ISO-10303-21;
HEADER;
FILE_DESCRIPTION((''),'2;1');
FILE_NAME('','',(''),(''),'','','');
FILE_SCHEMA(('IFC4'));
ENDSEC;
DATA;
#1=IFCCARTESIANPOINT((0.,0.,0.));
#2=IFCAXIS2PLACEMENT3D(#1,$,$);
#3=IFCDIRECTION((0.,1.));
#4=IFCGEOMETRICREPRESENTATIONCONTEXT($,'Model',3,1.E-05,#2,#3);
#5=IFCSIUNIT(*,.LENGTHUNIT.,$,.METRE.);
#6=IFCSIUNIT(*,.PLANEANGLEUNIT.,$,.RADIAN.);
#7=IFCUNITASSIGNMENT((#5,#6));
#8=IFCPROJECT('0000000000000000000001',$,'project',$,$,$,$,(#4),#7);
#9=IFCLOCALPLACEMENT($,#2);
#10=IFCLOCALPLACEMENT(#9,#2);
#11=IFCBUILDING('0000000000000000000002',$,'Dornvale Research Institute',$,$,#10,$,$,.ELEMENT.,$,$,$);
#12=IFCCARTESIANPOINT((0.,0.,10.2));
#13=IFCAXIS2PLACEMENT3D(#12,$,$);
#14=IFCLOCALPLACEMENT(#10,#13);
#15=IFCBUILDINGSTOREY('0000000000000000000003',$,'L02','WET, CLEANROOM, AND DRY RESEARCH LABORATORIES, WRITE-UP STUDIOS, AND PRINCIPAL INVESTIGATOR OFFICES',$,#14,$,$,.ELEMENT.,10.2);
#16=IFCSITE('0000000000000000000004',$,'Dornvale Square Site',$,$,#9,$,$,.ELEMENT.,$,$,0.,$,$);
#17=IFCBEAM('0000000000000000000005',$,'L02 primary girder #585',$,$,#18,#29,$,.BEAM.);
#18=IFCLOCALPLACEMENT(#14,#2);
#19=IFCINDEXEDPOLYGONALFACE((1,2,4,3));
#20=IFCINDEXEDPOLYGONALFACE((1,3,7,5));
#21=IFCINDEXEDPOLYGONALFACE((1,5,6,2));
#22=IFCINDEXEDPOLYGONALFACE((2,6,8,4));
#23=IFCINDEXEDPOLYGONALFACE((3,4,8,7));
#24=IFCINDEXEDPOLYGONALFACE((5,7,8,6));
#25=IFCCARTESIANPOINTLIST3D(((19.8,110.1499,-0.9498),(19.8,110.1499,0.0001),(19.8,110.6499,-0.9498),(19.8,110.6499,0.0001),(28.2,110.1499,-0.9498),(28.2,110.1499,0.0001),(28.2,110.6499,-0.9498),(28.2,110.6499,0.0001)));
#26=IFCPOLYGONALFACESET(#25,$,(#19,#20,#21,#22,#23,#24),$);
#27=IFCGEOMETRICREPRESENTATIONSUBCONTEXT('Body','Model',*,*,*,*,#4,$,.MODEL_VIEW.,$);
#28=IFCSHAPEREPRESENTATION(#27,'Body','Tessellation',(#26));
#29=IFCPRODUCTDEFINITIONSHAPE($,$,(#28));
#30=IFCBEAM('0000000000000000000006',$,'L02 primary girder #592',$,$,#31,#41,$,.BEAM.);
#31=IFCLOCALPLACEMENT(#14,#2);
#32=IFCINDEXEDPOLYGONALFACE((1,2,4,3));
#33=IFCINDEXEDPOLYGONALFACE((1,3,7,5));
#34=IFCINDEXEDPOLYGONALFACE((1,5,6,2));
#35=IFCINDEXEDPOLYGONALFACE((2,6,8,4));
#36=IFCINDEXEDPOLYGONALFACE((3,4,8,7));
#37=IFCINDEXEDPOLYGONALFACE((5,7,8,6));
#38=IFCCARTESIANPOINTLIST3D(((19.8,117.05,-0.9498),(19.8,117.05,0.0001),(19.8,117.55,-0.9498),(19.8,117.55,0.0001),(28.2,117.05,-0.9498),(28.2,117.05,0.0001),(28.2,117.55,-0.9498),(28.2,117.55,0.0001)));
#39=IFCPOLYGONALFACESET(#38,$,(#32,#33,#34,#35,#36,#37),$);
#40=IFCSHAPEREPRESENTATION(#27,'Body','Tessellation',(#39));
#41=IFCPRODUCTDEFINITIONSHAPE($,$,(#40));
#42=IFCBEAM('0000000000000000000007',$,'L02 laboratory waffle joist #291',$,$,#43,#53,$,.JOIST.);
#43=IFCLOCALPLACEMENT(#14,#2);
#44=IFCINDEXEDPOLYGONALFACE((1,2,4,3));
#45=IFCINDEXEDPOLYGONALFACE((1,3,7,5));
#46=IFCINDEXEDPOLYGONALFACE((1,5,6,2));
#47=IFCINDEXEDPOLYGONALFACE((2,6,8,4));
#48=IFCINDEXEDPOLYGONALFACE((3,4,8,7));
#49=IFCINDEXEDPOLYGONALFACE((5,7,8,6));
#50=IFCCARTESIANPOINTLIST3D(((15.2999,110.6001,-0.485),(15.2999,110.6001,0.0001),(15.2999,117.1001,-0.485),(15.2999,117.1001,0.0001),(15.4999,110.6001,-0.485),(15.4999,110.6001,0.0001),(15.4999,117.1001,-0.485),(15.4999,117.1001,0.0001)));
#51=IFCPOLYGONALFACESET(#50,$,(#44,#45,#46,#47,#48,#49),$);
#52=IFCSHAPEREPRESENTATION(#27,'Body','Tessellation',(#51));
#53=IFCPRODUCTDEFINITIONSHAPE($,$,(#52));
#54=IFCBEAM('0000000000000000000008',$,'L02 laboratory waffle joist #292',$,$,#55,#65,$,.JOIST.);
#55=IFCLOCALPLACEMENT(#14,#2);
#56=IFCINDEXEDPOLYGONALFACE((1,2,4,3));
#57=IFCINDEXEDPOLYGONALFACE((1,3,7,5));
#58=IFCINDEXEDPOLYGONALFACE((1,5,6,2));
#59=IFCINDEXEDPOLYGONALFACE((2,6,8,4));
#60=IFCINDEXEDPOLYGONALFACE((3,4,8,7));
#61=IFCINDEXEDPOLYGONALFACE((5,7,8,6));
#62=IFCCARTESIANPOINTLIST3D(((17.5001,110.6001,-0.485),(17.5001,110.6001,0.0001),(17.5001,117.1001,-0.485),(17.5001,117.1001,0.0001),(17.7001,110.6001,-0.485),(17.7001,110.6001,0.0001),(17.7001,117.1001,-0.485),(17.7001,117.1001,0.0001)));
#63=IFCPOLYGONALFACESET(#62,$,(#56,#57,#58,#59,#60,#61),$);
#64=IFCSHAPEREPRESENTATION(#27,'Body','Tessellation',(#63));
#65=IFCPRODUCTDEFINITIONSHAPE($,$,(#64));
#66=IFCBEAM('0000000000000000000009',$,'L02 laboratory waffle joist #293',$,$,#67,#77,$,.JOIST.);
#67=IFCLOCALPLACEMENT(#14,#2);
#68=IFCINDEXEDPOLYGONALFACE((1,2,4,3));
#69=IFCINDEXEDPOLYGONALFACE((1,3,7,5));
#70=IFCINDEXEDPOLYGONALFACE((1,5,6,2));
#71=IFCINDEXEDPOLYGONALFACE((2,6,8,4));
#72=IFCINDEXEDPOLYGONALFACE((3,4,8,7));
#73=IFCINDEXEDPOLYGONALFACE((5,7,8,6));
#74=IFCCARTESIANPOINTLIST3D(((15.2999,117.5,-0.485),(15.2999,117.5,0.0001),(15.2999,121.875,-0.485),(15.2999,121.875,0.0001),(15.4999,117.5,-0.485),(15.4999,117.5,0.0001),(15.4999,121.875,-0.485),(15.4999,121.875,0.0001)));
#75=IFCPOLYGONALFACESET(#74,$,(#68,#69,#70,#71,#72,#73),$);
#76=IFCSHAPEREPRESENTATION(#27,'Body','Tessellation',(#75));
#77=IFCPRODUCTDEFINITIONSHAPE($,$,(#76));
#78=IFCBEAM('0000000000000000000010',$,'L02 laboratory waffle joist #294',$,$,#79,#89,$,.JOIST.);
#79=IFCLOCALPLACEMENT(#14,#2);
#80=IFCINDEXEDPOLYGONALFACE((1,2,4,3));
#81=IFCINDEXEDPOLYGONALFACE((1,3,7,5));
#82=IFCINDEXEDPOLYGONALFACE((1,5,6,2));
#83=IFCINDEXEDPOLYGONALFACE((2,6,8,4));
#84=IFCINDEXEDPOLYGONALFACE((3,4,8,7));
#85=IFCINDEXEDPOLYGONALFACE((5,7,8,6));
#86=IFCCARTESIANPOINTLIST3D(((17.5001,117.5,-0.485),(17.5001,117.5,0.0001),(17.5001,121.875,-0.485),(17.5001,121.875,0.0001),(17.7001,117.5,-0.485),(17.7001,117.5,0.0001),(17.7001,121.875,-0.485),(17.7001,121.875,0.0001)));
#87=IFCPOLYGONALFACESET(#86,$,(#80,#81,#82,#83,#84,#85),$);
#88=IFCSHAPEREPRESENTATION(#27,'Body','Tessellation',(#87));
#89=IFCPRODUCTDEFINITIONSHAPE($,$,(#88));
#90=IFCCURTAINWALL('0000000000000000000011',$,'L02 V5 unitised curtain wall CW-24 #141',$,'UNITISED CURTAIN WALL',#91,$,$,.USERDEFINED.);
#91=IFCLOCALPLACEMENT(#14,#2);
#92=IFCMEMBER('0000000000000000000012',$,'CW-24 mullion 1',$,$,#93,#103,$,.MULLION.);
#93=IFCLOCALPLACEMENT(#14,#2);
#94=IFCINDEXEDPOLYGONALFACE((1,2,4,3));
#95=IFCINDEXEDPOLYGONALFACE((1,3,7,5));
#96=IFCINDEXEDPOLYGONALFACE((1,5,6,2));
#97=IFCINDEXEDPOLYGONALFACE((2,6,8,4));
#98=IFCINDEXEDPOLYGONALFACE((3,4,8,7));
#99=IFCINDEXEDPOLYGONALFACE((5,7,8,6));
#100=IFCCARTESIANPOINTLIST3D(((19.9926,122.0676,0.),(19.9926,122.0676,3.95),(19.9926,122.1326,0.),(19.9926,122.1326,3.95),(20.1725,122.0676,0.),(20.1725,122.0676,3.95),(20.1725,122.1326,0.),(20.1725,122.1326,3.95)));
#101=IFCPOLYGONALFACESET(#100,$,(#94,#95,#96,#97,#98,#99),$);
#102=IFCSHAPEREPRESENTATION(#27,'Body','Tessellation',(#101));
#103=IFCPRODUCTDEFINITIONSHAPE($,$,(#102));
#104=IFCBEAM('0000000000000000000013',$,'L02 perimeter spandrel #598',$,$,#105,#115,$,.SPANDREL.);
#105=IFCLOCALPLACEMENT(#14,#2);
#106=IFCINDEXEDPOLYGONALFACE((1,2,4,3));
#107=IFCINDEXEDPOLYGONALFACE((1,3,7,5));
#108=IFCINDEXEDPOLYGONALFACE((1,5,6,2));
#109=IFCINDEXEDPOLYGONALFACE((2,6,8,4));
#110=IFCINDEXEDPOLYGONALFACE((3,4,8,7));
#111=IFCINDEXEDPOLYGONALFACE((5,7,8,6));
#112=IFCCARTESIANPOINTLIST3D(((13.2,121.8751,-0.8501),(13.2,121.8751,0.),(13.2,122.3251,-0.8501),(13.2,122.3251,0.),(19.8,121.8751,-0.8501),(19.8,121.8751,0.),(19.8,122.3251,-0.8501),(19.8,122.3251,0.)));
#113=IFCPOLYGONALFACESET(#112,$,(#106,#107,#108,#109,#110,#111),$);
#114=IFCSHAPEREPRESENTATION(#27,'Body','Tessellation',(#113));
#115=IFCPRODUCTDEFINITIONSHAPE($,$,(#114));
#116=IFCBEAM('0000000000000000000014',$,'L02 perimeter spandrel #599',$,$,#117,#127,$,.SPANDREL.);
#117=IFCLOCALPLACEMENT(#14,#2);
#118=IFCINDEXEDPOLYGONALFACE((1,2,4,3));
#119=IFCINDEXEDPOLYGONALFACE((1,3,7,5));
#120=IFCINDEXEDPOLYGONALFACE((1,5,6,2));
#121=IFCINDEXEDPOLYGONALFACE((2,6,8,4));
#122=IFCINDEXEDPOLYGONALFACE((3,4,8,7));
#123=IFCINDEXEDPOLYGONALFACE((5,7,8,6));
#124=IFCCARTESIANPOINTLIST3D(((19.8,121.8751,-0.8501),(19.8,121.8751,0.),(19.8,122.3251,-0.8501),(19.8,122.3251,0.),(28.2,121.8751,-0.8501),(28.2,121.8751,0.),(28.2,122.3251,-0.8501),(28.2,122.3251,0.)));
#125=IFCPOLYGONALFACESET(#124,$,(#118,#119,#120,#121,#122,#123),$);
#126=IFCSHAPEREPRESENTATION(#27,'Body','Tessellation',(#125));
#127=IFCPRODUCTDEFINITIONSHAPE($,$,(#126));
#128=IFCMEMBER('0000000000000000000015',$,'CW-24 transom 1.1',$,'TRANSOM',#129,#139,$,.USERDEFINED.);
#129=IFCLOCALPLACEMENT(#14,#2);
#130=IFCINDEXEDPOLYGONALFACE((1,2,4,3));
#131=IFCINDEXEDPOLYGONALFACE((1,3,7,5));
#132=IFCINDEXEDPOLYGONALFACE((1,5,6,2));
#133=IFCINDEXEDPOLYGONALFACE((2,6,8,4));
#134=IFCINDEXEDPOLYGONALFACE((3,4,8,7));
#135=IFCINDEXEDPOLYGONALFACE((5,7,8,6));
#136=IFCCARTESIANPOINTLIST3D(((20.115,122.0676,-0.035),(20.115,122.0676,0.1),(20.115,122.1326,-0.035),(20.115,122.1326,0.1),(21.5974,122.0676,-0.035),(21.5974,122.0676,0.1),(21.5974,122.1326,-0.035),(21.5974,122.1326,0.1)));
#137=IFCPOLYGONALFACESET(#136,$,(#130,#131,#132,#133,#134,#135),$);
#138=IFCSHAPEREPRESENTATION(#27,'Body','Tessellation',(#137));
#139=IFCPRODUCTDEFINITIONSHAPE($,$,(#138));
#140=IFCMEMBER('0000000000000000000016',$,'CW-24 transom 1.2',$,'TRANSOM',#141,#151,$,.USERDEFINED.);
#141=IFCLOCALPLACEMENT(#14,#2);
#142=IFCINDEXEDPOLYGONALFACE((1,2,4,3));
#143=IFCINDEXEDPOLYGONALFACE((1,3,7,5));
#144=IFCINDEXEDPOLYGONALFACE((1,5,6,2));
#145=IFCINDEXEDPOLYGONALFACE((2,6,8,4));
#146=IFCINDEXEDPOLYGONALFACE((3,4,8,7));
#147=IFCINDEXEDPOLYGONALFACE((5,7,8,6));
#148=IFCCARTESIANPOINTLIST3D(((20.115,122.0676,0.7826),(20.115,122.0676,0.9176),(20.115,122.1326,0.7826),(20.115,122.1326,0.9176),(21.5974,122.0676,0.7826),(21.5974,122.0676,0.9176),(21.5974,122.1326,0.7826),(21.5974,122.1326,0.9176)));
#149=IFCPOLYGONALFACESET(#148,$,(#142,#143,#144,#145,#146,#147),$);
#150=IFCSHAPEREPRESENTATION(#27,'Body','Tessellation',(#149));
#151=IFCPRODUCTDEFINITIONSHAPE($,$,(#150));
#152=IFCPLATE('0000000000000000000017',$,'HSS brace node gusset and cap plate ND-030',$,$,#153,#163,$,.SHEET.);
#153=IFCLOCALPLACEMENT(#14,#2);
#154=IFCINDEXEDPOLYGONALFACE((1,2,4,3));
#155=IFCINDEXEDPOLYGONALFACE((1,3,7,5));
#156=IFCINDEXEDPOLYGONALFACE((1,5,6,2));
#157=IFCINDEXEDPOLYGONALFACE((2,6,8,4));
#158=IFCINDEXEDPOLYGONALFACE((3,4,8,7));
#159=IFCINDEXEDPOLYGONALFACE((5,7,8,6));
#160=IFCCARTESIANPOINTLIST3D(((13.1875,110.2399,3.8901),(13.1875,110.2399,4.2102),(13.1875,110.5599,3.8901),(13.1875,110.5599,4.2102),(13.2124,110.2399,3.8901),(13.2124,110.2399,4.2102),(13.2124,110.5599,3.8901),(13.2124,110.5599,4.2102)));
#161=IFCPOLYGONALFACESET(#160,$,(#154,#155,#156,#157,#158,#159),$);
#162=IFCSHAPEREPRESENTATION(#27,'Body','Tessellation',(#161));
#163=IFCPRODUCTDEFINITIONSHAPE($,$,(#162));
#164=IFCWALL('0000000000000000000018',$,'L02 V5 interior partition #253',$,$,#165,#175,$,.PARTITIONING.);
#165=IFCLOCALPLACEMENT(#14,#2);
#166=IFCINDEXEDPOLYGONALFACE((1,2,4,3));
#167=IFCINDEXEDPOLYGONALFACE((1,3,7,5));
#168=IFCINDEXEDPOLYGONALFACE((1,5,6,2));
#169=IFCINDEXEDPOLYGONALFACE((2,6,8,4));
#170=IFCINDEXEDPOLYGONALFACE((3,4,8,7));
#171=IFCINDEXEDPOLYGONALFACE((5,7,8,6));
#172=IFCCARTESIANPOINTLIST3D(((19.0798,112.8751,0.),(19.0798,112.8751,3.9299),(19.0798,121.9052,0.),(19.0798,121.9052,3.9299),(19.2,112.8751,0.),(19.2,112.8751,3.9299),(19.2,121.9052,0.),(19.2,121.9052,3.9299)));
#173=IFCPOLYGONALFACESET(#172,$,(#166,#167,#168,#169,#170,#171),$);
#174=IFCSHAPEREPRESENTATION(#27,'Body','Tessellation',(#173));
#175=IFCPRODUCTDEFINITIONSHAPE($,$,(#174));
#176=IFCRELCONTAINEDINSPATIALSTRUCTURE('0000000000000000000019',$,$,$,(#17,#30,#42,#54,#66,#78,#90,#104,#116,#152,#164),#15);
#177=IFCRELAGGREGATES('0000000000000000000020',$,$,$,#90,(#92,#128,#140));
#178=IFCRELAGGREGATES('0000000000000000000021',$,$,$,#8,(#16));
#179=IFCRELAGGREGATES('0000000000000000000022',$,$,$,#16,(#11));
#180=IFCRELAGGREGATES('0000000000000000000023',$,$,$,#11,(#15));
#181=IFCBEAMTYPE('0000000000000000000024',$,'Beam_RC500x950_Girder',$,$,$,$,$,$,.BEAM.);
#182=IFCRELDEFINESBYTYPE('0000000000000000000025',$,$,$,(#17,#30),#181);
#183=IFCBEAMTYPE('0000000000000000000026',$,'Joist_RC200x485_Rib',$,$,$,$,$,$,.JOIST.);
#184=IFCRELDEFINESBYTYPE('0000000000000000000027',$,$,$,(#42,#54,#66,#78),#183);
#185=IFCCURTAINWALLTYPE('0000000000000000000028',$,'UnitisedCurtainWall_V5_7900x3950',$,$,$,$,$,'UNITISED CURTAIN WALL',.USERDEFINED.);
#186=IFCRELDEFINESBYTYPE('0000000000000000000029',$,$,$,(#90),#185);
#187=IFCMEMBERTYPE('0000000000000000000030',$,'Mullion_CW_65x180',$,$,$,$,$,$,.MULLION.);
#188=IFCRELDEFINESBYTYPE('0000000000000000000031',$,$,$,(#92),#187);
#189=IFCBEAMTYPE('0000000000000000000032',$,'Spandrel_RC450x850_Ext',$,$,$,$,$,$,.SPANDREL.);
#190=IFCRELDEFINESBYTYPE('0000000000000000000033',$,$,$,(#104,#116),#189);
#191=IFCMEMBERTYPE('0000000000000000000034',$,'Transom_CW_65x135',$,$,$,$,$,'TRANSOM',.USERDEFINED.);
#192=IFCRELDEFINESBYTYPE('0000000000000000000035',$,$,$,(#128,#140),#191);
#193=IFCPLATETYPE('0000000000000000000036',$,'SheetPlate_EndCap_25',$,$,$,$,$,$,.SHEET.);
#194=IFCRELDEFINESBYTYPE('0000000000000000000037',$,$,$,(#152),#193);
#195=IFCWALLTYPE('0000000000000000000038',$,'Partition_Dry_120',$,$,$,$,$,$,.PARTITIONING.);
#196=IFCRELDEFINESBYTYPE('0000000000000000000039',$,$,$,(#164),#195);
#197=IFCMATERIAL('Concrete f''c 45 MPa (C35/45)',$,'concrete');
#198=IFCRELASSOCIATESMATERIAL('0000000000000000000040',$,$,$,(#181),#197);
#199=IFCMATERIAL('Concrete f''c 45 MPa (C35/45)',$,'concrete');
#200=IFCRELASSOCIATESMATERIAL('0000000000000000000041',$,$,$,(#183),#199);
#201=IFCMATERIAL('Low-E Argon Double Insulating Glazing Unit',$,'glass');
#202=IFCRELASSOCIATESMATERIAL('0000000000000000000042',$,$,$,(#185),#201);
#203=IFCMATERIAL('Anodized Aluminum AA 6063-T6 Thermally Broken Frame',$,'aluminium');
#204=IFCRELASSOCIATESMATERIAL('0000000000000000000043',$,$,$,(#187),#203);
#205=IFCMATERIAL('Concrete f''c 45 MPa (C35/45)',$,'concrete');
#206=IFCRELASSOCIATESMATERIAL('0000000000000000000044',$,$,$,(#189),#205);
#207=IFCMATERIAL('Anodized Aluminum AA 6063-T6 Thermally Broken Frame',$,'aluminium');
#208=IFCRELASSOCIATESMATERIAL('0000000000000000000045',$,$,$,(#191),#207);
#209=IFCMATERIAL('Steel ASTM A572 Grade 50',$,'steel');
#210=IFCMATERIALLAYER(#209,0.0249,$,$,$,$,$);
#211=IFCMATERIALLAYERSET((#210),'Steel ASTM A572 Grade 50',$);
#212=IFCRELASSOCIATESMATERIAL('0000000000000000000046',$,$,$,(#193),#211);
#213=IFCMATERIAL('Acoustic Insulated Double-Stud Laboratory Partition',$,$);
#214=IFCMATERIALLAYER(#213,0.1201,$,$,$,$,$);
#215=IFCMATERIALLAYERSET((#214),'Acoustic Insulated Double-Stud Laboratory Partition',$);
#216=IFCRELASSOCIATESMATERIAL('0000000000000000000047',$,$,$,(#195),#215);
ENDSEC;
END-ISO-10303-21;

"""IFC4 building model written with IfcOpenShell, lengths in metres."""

from ifc_helpers import new_model, si_unit, direction, frame, frame_2d, origin, origin_2d, place, context, subcontext, project, spatial, rectangle, extrude, material, layer, layer_set, material_profile, profile_set, type_object, element, aggregate, save


model = new_model("IFC4")

# Units and contexts
model_context = context("Model", 3, precision=1e-05, world=origin(), true_north=direction((0.0, 1.0)))
body_context = subcontext(model_context, "Body", "Model", "MODEL_VIEW")
ifc_project = project(units=[si_unit("LENGTHUNIT", "METRE"), si_unit("PLANEANGLEUNIT", "RADIAN")], contexts=[model_context])

# Site, building, storey
site_placement = place(None, origin())
site = spatial("IfcSite", under=ifc_project, at=site_placement, Name="Dornvale Square Site", CompositionType="ELEMENT", RefElevation=0.0)
building_placement = place(site_placement, origin())
building = spatial("IfcBuilding", under=site, at=building_placement, Name="Dornvale Research Institute", CompositionType="ELEMENT")
storey_placement = place(building_placement, frame((0.0, 0.0, 10.2)))
storey = spatial("IfcBuildingStorey", under=building, at=storey_placement, Name="L02", Description="WET, CLEANROOM, AND DRY RESEARCH LABORATORIES, WRITE-UP STUDIOS, AND PRINCIPAL INVESTIGATOR OFFICES", CompositionType="ELEMENT", Elevation=10.2)

# Beams
ifc_material_1 = material(Name="Concrete f'c 45 MPa (C35/45)", Category="concrete")
ifc_material_profile_1 = material_profile(ifc_material_1, rectangle(XDim=0.5, YDim=0.95, at=origin_2d()), Name="RC 500x950")
ifc_profile_set_1 = profile_set([ifc_material_profile_1], Name="Concrete f'c 45 MPa (C35/45)")
beam_type_1 = type_object("IfcBeamType", Name="Beam_RC500x950_Girder", PredefinedType="BEAM", material=ifc_profile_set_1)
for number, where, z_axis, x_axis, name in (
    (1, (19.8, 110.3999, -0.4749), (1.0, 0.0, 0.0), (0.0, 1.0, 0.0), "L02 primary girder #585"),
    (2, (19.8, 117.3, -0.4749), (1.0, 0.0, 0.0), (0.0, 1.0, 0.0), "L02 primary girder #592"),
):
    element("IfcBeam", number, at=place(storey_placement, frame(where, z_axis=z_axis, x_axis=x_axis)), inside=storey, type_object=beam_type_1, Name=name, PredefinedType="BEAM", context=body_context, shape_type="SweptSolid", body=[
        extrude(rectangle(XDim=0.5, YDim=0.95, at=origin_2d()), origin(), (0.0, 0.0, 1.0), 8.3999),
    ])
ifc_material_2 = material(Name="Concrete f'c 45 MPa (C35/45)", Category="concrete")
ifc_material_profile_2 = material_profile(ifc_material_2, rectangle(XDim=0.2, YDim=0.4851, at=origin_2d()), Name="RC 200x485")
ifc_profile_set_2 = profile_set([ifc_material_profile_2], Name="Concrete f'c 45 MPa (C35/45)")
beam_type_2 = type_object("IfcBeamType", Name="Joist_RC200x485_Rib", PredefinedType="JOIST", material=ifc_profile_set_2)
for number, where, z_axis, x_axis, name in (
    (3, (15.3999, 110.6001, -0.2424), (0.0, 1.0, 0.0), (-1.0, 0.0, 0.0), "L02 laboratory waffle joist #291"),
    (4, (17.6001, 110.6001, -0.2424), (0.0, 1.0, 0.0), (-1.0, 0.0, 0.0), "L02 laboratory waffle joist #292"),
):
    element("IfcBeam", number, at=place(storey_placement, frame(where, z_axis=z_axis, x_axis=x_axis)), inside=storey, type_object=beam_type_2, Name=name, PredefinedType="JOIST", context=body_context, shape_type="SweptSolid", body=[
        extrude(rectangle(XDim=0.2, YDim=0.4851, at=origin_2d()), origin(), (0.0, 0.0, 1.0), 6.5),
    ])
for number, where, z_axis, x_axis, name in (
    (5, (15.3999, 117.5, -0.2424), (0.0, 1.0, 0.0), (-1.0, 0.0, 0.0), "L02 laboratory waffle joist #293"),
    (6, (17.6001, 117.5, -0.2424), (0.0, 1.0, 0.0), (-1.0, 0.0, 0.0), "L02 laboratory waffle joist #294"),
):
    element("IfcBeam", number, at=place(storey_placement, frame(where, z_axis=z_axis, x_axis=x_axis)), inside=storey, type_object=beam_type_2, Name=name, PredefinedType="JOIST", context=body_context, shape_type="SweptSolid", body=[
        extrude(rectangle(XDim=0.2, YDim=0.4851, at=origin_2d()), origin(), (0.0, 0.0, 1.0), 4.375),
    ])

# Curtain wall, member
ifc_material_3 = material(Name="Low-E Argon Double Insulating Glazing Unit", Category="glass")
curtain_wall_type = type_object("IfcCurtainWallType", Name="UnitisedCurtainWall_V5_7900x3950", ElementType="UNITISED CURTAIN WALL", PredefinedType="USERDEFINED", material=ifc_material_3)
curtain_wall_placement = place(storey_placement, origin())
curtain_wall = element("IfcCurtainWall", 7, at=curtain_wall_placement, inside=storey, type_object=curtain_wall_type, Name="L02 V5 unitised curtain wall CW-24 #141", ObjectType="UNITISED CURTAIN WALL", PredefinedType="USERDEFINED")
ifc_material_4 = material(Name="Anodized Aluminum AA 6063-T6 Thermally Broken Frame", Category="aluminium")
ifc_material_profile_3 = material_profile(ifc_material_4, rectangle(XDim=0.0649, YDim=0.1799, at=origin_2d()), Name="ALU MULLION 65x180")
ifc_profile_set_3 = profile_set([ifc_material_profile_3], Name="Anodized Aluminum AA 6063-T6 Thermally Broken Frame")
member_type_1 = type_object("IfcMemberType", Name="Mullion_CW_65x180", PredefinedType="MULLION", material=ifc_profile_set_3)
member_1_placement = place(storey_placement, frame((20.0825, 122.1001, 0.0), z_axis=(0.0, 0.0, 1.0), x_axis=(0.0, 1.0, 0.0)))
member_1 = element("IfcMember", 8, at=member_1_placement, type_object=member_type_1, Name="CW-24 mullion 1", PredefinedType="MULLION", context=body_context, shape_type="SweptSolid", body=[
    extrude(rectangle(XDim=0.0649, YDim=0.1799, at=origin_2d()), origin(), (0.0, 0.0, 1.0), 3.95),
])

# Beams
ifc_material_5 = material(Name="Concrete f'c 45 MPa (C35/45)", Category="concrete")
ifc_material_profile_4 = material_profile(ifc_material_5, rectangle(XDim=0.45, YDim=0.8501, at=origin_2d()), Name="RC 450x850")
ifc_profile_set_4 = profile_set([ifc_material_profile_4], Name="Concrete f'c 45 MPa (C35/45)")
beam_type_3 = type_object("IfcBeamType", Name="Spandrel_RC450x850_Ext", PredefinedType="SPANDREL", material=ifc_profile_set_4)
beam_1_placement = place(storey_placement, frame((13.2, 122.1001, -0.425), z_axis=(1.0, 0.0, 0.0), x_axis=(0.0, 1.0, 0.0)))
element("IfcBeam", 9, at=beam_1_placement, inside=storey, type_object=beam_type_3, Name="L02 perimeter spandrel #598", PredefinedType="SPANDREL", context=body_context, shape_type="SweptSolid", body=[
    extrude(rectangle(XDim=0.45, YDim=0.8501, at=origin_2d()), origin(), (0.0, 0.0, 1.0), 6.6001),
])
beam_2_placement = place(storey_placement, frame((19.8, 122.1001, -0.425), z_axis=(1.0, 0.0, 0.0), x_axis=(0.0, 1.0, 0.0)))
element("IfcBeam", 10, at=beam_2_placement, inside=storey, type_object=beam_type_3, Name="L02 perimeter spandrel #599", PredefinedType="SPANDREL", context=body_context, shape_type="SweptSolid", body=[
    extrude(rectangle(XDim=0.45, YDim=0.8501, at=origin_2d()), origin(), (0.0, 0.0, 1.0), 8.3999),
])

# Members
ifc_material_6 = material(Name="Anodized Aluminum AA 6063-T6 Thermally Broken Frame", Category="aluminium")
ifc_material_profile_5 = material_profile(ifc_material_6, rectangle(XDim=0.0649, YDim=0.135, at=origin_2d()), Name="ALU TRANSOM 65x135")
ifc_profile_set_5 = profile_set([ifc_material_profile_5], Name="Anodized Aluminum AA 6063-T6 Thermally Broken Frame")
member_type_2 = type_object("IfcMemberType", Name="Transom_CW_65x135", ElementType="TRANSOM", PredefinedType="USERDEFINED", material=ifc_profile_set_5)
member_2_placement = place(storey_placement, frame((20.115, 122.1001, 0.0325), z_axis=(1.0, 0.0, 0.0), x_axis=(0.0, 1.0, 0.0)))
member_2 = element("IfcMember", 11, at=member_2_placement, type_object=member_type_2, Name="CW-24 transom 1.1", ObjectType="TRANSOM", PredefinedType="USERDEFINED", context=body_context, shape_type="SweptSolid", body=[
    extrude(rectangle(XDim=0.0649, YDim=0.135, at=origin_2d()), origin(), (0.0, 0.0, 1.0), 1.4824),
])
member_3_placement = place(storey_placement, frame((20.115, 122.1001, 0.8501), z_axis=(1.0, 0.0, 0.0), x_axis=(0.0, 1.0, 0.0)))
member_3 = element("IfcMember", 12, at=member_3_placement, type_object=member_type_2, Name="CW-24 transom 1.2", ObjectType="TRANSOM", PredefinedType="USERDEFINED", context=body_context, shape_type="SweptSolid", body=[
    extrude(rectangle(XDim=0.0649, YDim=0.135, at=origin_2d()), origin(), (0.0, 0.0, 1.0), 1.4824),
])
aggregate(curtain_wall, [member_1, member_2, member_3])

# Plate
ifc_material_7 = material(Name="Steel ASTM A572 Grade 50", Category="steel")
ifc_layer_1 = layer(ifc_material_7, 0.0249)
ifc_layer_set_1 = layer_set([ifc_layer_1], Name="Steel ASTM A572 Grade 50")
plate_type = type_object("IfcPlateType", Name="SheetPlate_EndCap_25", PredefinedType="SHEET", material=ifc_layer_set_1)
plate_placement = place(storey_placement, frame((13.2, 110.3999, 3.8901), z_axis=(0.0, 0.0, 1.0), x_axis=(0.0, 1.0, 0.0)))
element("IfcPlate", 13, at=plate_placement, inside=storey, type_object=plate_type, Name="HSS brace node gusset and cap plate ND-030", PredefinedType="SHEET", context=body_context, shape_type="SweptSolid", body=[
    extrude(rectangle(XDim=0.3201, YDim=0.0249, at=origin_2d()), origin(), (0.0, 0.0, 1.0), 0.3201),
])

# Wall
ifc_material_8 = material(Name="Acoustic Insulated Double-Stud Laboratory Partition")
ifc_layer_2 = layer(ifc_material_8, 0.1201)
ifc_layer_set_2 = layer_set([ifc_layer_2], Name="Acoustic Insulated Double-Stud Laboratory Partition")
wall_type_1 = type_object("IfcWallType", Name="Partition_Dry_120", PredefinedType="PARTITIONING", material=ifc_layer_set_2)
wall_1_placement = place(storey_placement, frame((19.1399, 112.875, 0.0), z_axis=(0.0, 0.0, 1.0), x_axis=(0.0, 1.0, 0.0)))
element("IfcWall", 14, at=wall_1_placement, inside=storey, type_object=wall_type_1, Name="L02 V5 interior partition #253", PredefinedType="PARTITIONING", context=body_context, shape_type="SweptSolid", body=[
    extrude(rectangle(XDim=9.03, YDim=0.1201, at=frame_2d((4.5151, 0.0))), origin(), (0.0, 0.0, 1.0), 3.9299),
])

save(model, "model.ifc")
